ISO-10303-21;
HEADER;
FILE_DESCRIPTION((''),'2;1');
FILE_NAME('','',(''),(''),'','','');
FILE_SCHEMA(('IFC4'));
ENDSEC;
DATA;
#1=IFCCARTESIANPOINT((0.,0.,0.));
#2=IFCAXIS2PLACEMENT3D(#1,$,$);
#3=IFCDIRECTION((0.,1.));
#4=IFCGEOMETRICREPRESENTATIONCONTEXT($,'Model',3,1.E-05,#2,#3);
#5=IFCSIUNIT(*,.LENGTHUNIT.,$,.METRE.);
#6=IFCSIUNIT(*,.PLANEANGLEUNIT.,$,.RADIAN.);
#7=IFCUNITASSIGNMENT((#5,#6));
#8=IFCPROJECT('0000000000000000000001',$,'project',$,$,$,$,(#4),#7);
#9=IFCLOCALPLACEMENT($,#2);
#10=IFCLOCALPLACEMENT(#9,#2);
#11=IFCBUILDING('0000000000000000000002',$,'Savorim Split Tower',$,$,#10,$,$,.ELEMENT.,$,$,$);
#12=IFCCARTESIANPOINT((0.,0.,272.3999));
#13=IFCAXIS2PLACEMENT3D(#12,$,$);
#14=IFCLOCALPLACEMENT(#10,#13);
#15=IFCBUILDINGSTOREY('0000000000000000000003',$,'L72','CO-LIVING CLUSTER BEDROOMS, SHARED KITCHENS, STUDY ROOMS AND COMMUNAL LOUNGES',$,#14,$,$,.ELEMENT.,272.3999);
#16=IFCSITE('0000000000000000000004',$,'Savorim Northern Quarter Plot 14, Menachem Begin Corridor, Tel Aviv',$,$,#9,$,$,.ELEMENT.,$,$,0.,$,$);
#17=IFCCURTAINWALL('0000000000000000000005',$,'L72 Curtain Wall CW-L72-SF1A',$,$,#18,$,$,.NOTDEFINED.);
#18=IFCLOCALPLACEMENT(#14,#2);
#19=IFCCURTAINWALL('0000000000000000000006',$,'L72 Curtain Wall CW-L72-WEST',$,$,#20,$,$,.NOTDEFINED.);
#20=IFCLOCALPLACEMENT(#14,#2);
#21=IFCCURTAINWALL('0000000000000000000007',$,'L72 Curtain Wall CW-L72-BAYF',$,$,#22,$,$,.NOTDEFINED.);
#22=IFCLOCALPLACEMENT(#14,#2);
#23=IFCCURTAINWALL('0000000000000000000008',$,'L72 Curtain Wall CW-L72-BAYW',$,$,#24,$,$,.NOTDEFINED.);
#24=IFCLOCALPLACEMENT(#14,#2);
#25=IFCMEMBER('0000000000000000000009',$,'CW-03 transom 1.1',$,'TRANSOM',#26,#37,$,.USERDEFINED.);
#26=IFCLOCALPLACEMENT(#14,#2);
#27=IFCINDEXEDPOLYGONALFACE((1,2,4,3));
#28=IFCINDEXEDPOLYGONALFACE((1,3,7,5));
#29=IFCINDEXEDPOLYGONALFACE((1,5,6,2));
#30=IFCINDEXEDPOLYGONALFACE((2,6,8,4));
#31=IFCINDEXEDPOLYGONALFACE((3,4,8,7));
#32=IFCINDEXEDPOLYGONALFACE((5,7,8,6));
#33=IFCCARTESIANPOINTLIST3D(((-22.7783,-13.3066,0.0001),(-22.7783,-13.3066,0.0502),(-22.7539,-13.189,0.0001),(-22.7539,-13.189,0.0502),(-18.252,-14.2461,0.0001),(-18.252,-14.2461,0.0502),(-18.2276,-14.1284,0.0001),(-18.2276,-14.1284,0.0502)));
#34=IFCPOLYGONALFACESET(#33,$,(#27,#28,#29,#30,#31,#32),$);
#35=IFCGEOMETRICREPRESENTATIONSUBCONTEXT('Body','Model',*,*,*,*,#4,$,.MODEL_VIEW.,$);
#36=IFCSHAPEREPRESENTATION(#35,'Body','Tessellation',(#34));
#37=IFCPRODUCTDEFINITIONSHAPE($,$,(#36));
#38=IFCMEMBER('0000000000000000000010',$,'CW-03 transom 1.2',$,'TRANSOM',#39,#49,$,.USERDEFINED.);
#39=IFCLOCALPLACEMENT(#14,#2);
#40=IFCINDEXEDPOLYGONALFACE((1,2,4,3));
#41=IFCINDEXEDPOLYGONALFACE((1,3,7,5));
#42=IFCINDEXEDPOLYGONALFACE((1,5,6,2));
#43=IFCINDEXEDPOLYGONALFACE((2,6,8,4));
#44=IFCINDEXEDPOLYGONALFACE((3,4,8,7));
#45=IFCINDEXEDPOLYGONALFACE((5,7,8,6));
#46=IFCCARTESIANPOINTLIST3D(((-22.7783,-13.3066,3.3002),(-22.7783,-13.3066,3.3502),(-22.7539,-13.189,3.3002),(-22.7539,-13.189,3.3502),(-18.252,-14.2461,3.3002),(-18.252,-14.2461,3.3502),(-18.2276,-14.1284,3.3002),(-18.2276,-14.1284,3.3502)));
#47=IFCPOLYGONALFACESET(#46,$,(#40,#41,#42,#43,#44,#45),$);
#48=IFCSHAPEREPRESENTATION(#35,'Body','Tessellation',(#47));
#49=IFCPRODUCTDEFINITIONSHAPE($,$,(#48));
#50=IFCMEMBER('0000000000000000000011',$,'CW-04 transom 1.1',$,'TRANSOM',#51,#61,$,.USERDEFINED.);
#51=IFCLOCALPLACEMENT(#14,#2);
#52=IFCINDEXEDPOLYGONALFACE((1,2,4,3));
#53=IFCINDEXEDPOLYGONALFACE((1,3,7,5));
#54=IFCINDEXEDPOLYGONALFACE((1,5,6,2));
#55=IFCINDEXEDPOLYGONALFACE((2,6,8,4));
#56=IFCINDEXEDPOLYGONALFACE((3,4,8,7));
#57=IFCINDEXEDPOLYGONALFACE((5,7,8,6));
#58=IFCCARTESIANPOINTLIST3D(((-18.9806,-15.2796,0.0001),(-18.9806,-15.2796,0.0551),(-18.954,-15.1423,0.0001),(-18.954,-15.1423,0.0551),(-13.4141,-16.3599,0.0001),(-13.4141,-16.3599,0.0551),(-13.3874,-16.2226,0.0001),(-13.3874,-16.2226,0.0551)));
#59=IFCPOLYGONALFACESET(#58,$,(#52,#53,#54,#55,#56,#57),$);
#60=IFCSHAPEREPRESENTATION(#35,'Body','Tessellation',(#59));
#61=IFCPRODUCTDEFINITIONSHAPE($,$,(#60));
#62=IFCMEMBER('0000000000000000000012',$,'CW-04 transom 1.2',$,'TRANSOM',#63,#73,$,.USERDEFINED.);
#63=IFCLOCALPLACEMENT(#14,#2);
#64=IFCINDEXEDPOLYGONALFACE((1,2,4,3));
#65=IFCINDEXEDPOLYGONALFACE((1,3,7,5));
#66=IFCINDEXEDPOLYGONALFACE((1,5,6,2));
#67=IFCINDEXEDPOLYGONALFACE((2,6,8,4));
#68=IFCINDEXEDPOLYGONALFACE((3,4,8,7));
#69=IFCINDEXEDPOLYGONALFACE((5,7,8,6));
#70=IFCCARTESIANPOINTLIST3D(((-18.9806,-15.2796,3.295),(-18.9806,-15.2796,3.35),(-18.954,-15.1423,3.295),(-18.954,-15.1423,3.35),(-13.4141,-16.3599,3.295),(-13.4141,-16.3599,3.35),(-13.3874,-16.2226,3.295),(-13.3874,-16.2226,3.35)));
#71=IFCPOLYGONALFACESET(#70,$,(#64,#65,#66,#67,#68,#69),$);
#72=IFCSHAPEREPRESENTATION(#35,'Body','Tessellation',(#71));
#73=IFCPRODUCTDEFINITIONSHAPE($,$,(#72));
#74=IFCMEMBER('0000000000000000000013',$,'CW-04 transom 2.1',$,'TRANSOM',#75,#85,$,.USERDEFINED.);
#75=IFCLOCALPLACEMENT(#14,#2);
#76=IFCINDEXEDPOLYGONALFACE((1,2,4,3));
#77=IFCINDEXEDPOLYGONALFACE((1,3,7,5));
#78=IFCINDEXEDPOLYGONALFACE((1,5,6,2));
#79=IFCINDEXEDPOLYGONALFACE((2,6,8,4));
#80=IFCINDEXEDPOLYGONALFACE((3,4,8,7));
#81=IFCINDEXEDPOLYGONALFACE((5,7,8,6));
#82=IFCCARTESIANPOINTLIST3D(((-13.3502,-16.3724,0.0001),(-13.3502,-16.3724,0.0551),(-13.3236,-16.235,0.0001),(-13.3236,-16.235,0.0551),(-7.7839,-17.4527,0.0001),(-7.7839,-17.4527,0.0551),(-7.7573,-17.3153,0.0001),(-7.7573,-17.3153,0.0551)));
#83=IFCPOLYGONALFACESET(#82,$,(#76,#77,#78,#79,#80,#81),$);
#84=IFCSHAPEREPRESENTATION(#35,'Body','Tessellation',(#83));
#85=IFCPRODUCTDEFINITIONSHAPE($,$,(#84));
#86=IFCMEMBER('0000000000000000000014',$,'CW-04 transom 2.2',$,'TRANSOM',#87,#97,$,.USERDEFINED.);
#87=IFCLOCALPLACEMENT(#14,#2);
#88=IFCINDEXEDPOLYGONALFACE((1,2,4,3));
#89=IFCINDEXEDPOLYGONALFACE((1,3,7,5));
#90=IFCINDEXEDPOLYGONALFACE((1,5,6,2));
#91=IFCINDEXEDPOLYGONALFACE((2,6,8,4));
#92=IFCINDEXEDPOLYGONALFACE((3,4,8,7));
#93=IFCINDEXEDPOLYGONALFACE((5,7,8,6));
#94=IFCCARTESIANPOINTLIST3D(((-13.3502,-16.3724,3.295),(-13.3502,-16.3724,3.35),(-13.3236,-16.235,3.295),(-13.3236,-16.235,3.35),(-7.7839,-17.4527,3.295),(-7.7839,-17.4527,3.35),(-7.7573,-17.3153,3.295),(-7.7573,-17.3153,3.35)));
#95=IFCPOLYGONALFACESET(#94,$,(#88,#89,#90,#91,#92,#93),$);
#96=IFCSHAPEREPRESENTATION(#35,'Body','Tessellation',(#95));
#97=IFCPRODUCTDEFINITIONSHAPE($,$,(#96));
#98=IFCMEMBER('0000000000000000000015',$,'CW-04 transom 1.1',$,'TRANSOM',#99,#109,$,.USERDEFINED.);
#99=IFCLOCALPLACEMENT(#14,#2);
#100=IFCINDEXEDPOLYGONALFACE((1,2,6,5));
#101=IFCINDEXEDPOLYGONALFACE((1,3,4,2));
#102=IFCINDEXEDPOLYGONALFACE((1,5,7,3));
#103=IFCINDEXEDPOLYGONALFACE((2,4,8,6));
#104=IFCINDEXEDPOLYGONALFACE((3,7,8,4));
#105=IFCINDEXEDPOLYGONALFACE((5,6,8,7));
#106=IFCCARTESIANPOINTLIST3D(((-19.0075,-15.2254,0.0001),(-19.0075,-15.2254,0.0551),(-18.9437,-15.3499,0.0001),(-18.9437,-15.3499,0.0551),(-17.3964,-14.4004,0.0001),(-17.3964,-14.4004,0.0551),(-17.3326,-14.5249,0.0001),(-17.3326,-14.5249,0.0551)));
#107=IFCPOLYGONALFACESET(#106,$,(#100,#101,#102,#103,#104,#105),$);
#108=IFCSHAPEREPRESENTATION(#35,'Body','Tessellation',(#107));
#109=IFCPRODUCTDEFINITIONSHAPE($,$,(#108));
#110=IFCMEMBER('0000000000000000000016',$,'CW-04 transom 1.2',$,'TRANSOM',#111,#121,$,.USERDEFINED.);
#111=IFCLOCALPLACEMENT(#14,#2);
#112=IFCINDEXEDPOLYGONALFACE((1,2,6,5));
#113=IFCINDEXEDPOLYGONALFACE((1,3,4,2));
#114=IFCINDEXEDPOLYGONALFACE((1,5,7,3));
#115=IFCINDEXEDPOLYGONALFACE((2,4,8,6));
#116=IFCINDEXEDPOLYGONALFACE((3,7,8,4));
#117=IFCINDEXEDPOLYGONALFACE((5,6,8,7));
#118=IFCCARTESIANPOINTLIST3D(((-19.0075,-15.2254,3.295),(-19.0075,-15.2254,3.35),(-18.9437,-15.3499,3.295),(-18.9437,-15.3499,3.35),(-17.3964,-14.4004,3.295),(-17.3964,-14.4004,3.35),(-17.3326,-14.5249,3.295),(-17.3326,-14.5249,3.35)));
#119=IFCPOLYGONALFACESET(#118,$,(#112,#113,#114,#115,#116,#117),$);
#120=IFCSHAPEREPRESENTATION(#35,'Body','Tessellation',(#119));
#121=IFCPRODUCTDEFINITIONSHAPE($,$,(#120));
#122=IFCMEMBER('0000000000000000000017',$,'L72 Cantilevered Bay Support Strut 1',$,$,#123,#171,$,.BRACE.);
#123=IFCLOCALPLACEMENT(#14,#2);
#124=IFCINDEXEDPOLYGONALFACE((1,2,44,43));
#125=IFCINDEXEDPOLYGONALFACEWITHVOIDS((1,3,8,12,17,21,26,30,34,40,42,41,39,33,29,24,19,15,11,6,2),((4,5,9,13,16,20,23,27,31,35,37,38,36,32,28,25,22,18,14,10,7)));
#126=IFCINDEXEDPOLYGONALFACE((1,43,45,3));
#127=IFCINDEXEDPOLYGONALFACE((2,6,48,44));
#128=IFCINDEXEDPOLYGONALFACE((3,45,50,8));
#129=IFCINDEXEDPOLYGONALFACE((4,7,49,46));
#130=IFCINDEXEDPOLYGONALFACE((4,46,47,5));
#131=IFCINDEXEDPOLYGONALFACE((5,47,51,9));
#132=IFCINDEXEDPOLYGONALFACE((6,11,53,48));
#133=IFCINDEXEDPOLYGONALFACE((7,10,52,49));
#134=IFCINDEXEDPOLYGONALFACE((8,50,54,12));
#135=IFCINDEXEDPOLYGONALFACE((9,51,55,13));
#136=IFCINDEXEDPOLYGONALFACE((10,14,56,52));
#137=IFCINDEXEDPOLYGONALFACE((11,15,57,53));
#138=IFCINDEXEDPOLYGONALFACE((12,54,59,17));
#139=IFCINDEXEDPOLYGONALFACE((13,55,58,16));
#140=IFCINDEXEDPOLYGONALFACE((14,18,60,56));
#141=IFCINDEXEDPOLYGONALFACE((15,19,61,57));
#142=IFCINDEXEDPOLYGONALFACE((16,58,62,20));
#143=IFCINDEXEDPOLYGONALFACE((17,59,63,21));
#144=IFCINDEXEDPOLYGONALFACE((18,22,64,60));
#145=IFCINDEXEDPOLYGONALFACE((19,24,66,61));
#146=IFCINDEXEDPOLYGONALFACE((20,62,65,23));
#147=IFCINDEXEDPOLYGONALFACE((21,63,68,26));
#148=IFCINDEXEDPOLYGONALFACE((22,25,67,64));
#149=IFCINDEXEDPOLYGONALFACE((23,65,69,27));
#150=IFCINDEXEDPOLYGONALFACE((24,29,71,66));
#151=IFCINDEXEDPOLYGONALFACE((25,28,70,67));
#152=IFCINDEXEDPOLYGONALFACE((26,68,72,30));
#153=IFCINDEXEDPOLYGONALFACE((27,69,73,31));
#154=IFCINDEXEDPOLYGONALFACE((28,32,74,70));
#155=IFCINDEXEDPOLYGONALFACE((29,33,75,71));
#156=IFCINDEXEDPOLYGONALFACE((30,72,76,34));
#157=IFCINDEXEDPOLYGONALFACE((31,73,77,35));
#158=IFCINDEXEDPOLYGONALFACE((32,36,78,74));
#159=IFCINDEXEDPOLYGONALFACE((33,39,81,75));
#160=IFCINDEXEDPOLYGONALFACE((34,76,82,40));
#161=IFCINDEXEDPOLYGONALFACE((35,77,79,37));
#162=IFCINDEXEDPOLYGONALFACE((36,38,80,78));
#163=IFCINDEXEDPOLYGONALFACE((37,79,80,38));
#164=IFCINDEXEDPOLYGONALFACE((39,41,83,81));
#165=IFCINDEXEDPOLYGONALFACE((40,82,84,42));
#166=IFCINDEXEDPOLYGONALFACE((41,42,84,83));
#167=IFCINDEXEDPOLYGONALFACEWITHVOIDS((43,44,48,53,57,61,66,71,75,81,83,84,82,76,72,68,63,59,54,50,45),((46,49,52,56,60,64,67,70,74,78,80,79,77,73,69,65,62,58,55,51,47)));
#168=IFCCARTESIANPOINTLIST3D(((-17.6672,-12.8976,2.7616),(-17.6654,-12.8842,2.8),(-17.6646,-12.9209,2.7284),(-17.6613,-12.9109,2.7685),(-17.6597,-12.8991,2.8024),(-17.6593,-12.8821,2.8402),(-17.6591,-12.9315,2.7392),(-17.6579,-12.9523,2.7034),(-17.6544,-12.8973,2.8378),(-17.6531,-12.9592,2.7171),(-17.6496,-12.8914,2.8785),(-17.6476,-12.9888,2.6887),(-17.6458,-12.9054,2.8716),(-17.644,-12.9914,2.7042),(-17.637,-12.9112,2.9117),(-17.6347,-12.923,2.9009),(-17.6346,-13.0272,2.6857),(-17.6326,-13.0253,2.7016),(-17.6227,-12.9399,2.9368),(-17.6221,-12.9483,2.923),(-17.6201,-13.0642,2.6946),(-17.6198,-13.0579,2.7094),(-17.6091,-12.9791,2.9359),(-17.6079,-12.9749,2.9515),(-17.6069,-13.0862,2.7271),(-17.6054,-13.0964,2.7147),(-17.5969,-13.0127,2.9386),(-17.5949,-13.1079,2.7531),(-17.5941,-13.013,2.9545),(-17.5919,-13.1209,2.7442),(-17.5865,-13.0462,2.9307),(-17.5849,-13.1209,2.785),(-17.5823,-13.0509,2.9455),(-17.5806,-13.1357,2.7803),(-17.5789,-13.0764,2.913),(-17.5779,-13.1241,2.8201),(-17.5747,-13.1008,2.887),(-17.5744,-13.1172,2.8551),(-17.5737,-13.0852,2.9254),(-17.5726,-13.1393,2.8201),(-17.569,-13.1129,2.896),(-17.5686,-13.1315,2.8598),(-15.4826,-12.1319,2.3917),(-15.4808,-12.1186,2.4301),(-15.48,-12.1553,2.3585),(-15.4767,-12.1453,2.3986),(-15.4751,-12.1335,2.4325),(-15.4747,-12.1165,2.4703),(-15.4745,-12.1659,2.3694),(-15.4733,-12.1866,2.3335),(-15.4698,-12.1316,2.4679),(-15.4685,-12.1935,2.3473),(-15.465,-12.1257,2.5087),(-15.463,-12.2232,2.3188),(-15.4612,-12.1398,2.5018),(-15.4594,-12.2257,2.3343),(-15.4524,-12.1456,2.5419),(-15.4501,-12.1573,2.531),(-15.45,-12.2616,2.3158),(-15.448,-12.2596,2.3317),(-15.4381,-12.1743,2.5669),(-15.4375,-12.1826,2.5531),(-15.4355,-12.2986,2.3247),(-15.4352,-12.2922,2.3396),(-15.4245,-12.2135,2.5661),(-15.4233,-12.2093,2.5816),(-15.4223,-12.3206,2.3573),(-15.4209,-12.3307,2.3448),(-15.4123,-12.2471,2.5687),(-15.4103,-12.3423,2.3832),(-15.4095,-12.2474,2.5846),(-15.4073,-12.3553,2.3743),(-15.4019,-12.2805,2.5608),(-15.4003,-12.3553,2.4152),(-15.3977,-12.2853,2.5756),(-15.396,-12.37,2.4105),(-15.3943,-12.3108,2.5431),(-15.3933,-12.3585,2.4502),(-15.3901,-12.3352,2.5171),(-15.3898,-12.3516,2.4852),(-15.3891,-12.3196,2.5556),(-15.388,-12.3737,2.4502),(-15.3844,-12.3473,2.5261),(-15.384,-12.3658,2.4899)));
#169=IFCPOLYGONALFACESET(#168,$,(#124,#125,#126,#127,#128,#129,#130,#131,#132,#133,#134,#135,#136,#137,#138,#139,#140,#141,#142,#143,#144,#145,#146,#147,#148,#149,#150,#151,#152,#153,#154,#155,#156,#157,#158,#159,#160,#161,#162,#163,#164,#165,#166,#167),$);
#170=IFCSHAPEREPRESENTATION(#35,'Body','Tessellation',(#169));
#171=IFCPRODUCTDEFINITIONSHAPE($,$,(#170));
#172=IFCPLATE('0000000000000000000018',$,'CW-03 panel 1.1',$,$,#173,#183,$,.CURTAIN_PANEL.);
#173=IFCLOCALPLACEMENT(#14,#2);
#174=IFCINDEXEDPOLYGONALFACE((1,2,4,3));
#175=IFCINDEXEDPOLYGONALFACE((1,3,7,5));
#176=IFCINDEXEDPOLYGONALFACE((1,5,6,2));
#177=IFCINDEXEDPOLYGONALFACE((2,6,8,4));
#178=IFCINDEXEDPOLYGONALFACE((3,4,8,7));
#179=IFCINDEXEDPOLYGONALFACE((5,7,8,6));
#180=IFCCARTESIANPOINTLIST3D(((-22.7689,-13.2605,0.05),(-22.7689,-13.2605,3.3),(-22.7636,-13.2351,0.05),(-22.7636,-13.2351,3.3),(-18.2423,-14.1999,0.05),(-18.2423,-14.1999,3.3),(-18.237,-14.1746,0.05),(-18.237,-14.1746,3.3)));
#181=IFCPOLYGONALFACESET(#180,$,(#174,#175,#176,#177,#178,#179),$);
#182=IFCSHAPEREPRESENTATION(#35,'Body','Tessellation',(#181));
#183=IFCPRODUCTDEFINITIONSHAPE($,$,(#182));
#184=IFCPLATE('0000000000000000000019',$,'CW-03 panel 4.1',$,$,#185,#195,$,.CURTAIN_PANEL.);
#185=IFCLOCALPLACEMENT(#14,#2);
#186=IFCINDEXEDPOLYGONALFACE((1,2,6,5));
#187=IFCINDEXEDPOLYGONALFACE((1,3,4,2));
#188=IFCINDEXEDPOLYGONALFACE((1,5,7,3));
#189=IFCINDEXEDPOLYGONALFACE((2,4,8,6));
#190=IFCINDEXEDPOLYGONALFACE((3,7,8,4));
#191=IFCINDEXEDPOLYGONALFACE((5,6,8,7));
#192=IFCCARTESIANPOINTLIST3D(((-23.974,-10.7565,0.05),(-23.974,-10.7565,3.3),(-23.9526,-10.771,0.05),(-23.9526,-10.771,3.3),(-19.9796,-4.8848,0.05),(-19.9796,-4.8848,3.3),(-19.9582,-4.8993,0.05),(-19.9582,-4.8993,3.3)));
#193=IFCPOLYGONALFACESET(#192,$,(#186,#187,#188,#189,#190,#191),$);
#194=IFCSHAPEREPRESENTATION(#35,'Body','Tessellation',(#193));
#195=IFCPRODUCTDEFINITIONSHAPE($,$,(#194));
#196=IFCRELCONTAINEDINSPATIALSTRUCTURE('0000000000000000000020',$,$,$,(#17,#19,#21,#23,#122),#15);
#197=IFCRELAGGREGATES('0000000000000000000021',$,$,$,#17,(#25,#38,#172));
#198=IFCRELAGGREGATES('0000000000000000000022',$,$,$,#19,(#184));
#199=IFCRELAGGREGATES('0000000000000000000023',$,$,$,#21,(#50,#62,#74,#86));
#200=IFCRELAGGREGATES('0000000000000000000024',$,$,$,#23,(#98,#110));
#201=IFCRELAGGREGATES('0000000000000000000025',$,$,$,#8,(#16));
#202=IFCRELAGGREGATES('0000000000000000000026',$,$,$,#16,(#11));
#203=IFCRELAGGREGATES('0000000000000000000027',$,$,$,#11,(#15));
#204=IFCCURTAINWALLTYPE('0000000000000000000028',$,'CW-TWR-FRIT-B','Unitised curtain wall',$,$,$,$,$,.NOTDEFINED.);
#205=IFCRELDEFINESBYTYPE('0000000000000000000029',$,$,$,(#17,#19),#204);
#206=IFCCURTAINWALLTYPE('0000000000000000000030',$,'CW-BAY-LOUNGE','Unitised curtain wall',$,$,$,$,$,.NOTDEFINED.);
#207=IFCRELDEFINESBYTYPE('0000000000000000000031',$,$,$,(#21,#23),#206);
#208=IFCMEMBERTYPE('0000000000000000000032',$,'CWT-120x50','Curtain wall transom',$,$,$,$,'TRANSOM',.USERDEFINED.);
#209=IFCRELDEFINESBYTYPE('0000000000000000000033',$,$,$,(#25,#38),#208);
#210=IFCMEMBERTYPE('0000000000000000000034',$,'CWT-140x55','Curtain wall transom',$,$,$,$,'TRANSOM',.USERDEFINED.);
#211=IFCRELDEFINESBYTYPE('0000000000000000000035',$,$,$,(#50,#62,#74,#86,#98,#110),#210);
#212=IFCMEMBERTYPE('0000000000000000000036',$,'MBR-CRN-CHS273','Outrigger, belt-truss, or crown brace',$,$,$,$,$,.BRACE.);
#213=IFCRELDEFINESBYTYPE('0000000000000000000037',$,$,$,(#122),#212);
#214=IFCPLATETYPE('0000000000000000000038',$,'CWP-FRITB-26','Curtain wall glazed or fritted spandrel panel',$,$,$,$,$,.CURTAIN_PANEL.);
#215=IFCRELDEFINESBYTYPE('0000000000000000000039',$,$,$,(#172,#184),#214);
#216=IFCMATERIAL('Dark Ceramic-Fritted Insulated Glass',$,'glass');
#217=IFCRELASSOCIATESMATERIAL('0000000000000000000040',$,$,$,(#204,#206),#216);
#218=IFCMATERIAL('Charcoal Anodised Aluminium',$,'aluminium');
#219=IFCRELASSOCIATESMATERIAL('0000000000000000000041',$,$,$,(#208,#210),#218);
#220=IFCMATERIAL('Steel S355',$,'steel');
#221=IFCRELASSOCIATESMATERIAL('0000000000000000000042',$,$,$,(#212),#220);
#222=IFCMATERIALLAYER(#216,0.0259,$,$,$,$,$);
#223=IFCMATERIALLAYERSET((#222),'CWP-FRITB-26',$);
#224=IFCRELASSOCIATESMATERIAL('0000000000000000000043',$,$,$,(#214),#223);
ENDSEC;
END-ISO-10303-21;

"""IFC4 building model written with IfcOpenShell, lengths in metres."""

from ifc_helpers import new_model, si_unit, direction, frame, origin, origin_2d, place, context, subcontext, project, spatial, rectangle, hollow_circle, extrude, material, layer, layer_set, material_profile, profile_set, type_object, element, aggregate, save


model = new_model("IFC4")

# Units and contexts
model_context = context("Model", 3, precision=1e-05, world=origin(), true_north=direction((0.0, 1.0)))
body_context = subcontext(model_context, "Body", "Model", "MODEL_VIEW")
ifc_project = project(units=[si_unit("LENGTHUNIT", "METRE"), si_unit("PLANEANGLEUNIT", "RADIAN")], contexts=[model_context])

# Site, building, storey
site_placement = place(None, origin())
site = spatial("IfcSite", under=ifc_project, at=site_placement, Name="Savorim Northern Quarter Plot 14, Menachem Begin Corridor, Tel Aviv", CompositionType="ELEMENT", RefElevation=0.0)
building_placement = place(site_placement, origin())
building = spatial("IfcBuilding", under=site, at=building_placement, Name="Savorim Split Tower", CompositionType="ELEMENT")
storey_placement = place(building_placement, frame((0.0, 0.0, 272.3999)))
storey = spatial("IfcBuildingStorey", under=building, at=storey_placement, Name="L72", Description="CO-LIVING CLUSTER BEDROOMS, SHARED KITCHENS, STUDY ROOMS AND COMMUNAL LOUNGES", CompositionType="ELEMENT", Elevation=272.3999)

# Shared definitions
ifc_material_1 = material(Name="Steel S355", Category="steel")

# Curtain wall
ifc_material_2 = material(Name="Dark Ceramic-Fritted Insulated Glass", Category="glass")
curtain_wall_type_1 = type_object("IfcCurtainWallType", Name="CW-TWR-FRIT-B", Description="Unitised curtain wall", PredefinedType="NOTDEFINED", material=ifc_material_2)
curtain_wall_1_placement = place(storey_placement, origin())
curtain_wall_1 = element("IfcCurtainWall", 1, at=curtain_wall_1_placement, inside=storey, type_object=curtain_wall_type_1, Name="L72 Curtain Wall CW-L72-SF1A", PredefinedType="NOTDEFINED")
ifc_material_3 = material(Name="Charcoal Anodised Aluminium", Category="aluminium")

# Curtain wall
curtain_wall_2_placement = place(storey_placement, origin())
curtain_wall_2 = element("IfcCurtainWall", 2, at=curtain_wall_2_placement, inside=storey, type_object=curtain_wall_type_1, Name="L72 Curtain Wall CW-L72-WEST", PredefinedType="NOTDEFINED")

# Curtain walls
curtain_wall_type_2 = type_object("IfcCurtainWallType", Name="CW-BAY-LOUNGE", Description="Unitised curtain wall", PredefinedType="NOTDEFINED", material=ifc_material_2)
curtain_wall_3_placement = place(storey_placement, origin())
curtain_wall_3 = element("IfcCurtainWall", 3, at=curtain_wall_3_placement, inside=storey, type_object=curtain_wall_type_2, Name="L72 Curtain Wall CW-L72-BAYF", PredefinedType="NOTDEFINED")
curtain_wall_4_placement = place(storey_placement, origin())
curtain_wall_4 = element("IfcCurtainWall", 4, at=curtain_wall_4_placement, inside=storey, type_object=curtain_wall_type_2, Name="L72 Curtain Wall CW-L72-BAYW", PredefinedType="NOTDEFINED")

# Members
ifc_material_profile_1 = material_profile(ifc_material_3, rectangle(XDim=0.1201, YDim=0.05, at=origin_2d()), Name="ALU-T 120x50")
ifc_profile_set_1 = profile_set([ifc_material_profile_1], Name="Charcoal Anodised Aluminium")
member_type_1 = type_object("IfcMemberType", Name="CWT-120x50", Description="Curtain wall transom", ElementType="TRANSOM", PredefinedType="USERDEFINED", material=ifc_profile_set_1)
member_1_placement = place(storey_placement, frame((-22.7661, -13.2478, 0.0251), z_axis=(0.979133, -0.20322, 0.0), x_axis=(0.20322, 0.979133, 0.0)))
member_1 = element("IfcMember", 5, at=member_1_placement, type_object=member_type_1, Name="CW-03 transom 1.1", ObjectType="TRANSOM", PredefinedType="USERDEFINED", context=body_context, shape_type="SweptSolid", body=[
    extrude(rectangle(XDim=0.1201, YDim=0.05, at=origin_2d()), origin(), (0.0, 0.0, 1.0), 4.6228),
])
member_2_placement = place(storey_placement, frame((-22.7661, -13.2478, 3.3252), z_axis=(0.979133, -0.20322, 0.0), x_axis=(0.20322, 0.979133, 0.0)))
member_2 = element("IfcMember", 6, at=member_2_placement, type_object=member_type_1, Name="CW-03 transom 1.2", ObjectType="TRANSOM", PredefinedType="USERDEFINED", context=body_context, shape_type="SweptSolid", body=[
    extrude(rectangle(XDim=0.1201, YDim=0.05, at=origin_2d()), origin(), (0.0, 0.0, 1.0), 4.6228),
])
ifc_material_profile_2 = material_profile(ifc_material_3, rectangle(XDim=0.1399, YDim=0.0549, at=origin_2d()), Name="ALU-T 140x55")
ifc_profile_set_2 = profile_set([ifc_material_profile_2], Name="Charcoal Anodised Aluminium")
member_type_2 = type_object("IfcMemberType", Name="CWT-140x55", Description="Curtain wall transom", ElementType="TRANSOM", PredefinedType="USERDEFINED", material=ifc_profile_set_2)
member_3_placement = place(storey_placement, frame((-18.9673, -15.2109, 0.0276), z_axis=(0.981684, -0.190516, 0.0), x_axis=(0.190516, 0.981684, 0.0)))
member_3 = element("IfcMember", 7, at=member_3_placement, type_object=member_type_2, Name="CW-04 transom 1.1", ObjectType="TRANSOM", PredefinedType="USERDEFINED", context=body_context, shape_type="SweptSolid", body=[
    extrude(rectangle(XDim=0.1399, YDim=0.0549, at=origin_2d()), origin(), (0.0, 0.0, 1.0), 5.6704),
])
member_4_placement = place(storey_placement, frame((-18.9673, -15.2109, 3.3225), z_axis=(0.981684, -0.190516, 0.0), x_axis=(0.190516, 0.981684, 0.0)))
member_4 = element("IfcMember", 8, at=member_4_placement, type_object=member_type_2, Name="CW-04 transom 1.2", ObjectType="TRANSOM", PredefinedType="USERDEFINED", context=body_context, shape_type="SweptSolid", body=[
    extrude(rectangle(XDim=0.1399, YDim=0.0549, at=origin_2d()), origin(), (0.0, 0.0, 1.0), 5.6704),
])
member_5_placement = place(storey_placement, frame((-13.3369, -16.3037, 0.0276), z_axis=(0.981683, -0.190524, 0.0), x_axis=(0.190524, 0.981683, 0.0)))
member_5 = element("IfcMember", 9, at=member_5_placement, type_object=member_type_2, Name="CW-04 transom 2.1", ObjectType="TRANSOM", PredefinedType="USERDEFINED", context=body_context, shape_type="SweptSolid", body=[
    extrude(rectangle(XDim=0.1399, YDim=0.0549, at=origin_2d()), origin(), (0.0, 0.0, 1.0), 5.6702),
])
member_6_placement = place(storey_placement, frame((-13.3369, -16.3037, 3.3225), z_axis=(0.981683, -0.190524, 0.0), x_axis=(0.190524, 0.981683, 0.0)))
member_6 = element("IfcMember", 10, at=member_6_placement, type_object=member_type_2, Name="CW-04 transom 2.2", ObjectType="TRANSOM", PredefinedType="USERDEFINED", context=body_context, shape_type="SweptSolid", body=[
    extrude(rectangle(XDim=0.1399, YDim=0.0549, at=origin_2d()), origin(), (0.0, 0.0, 1.0), 5.6702),
])
member_7_placement = place(storey_placement, frame((-17.3645, -14.4626, 0.0276), z_axis=(-0.890097, -0.455772, 0.0), x_axis=(0.455772, -0.890097, 0.0)))
member_7 = element("IfcMember", 11, at=member_7_placement, type_object=member_type_2, Name="CW-04 transom 1.1", ObjectType="TRANSOM", PredefinedType="USERDEFINED", context=body_context, shape_type="SweptSolid", body=[
    extrude(rectangle(XDim=0.1399, YDim=0.0549, at=origin_2d()), origin(), (0.0, 0.0, 1.0), 1.8101),
])
member_8_placement = place(storey_placement, frame((-17.3645, -14.4626, 3.3225), z_axis=(-0.890097, -0.455772, 0.0), x_axis=(0.455772, -0.890097, 0.0)))
member_8 = element("IfcMember", 12, at=member_8_placement, type_object=member_type_2, Name="CW-04 transom 1.2", ObjectType="TRANSOM", PredefinedType="USERDEFINED", context=body_context, shape_type="SweptSolid", body=[
    extrude(rectangle(XDim=0.1399, YDim=0.0549, at=origin_2d()), origin(), (0.0, 0.0, 1.0), 1.8101),
])
ifc_material_profile_3 = material_profile(ifc_material_1, hollow_circle(Radius=0.1365, WallThickness=0.0161, at=origin_2d()), Name="CHS 273x16")
ifc_profile_set_3 = profile_set([ifc_material_profile_3], Name="Steel S355")
member_type_3 = type_object("IfcMemberType", Name="MBR-CRN-CHS273", Description="Outrigger, belt-truss, or crown brace", PredefinedType="BRACE", material=ifc_profile_set_3)
member_9_placement = place(storey_placement, frame((-15.4331, -12.2449, 2.4502), z_axis=(-0.931899, -0.326602, 0.157781), x_axis=(0.330745, -0.94372, 0.0)))
element("IfcMember", 13, at=member_9_placement, inside=storey, type_object=member_type_3, Name="L72 Cantilevered Bay Support Strut 1", PredefinedType="BRACE", context=body_context, shape_type="SweptSolid", body=[
    extrude(hollow_circle(Radius=0.1365, WallThickness=0.0161, at=origin_2d()), origin(), (0.0, 0.0, 1.0), 2.3442),
])

# Plates
ifc_layer_1 = layer(ifc_material_2, 0.0259)
ifc_layer_set_1 = layer_set([ifc_layer_1], Name="CWP-FRITB-26")
plate_type_1 = type_object("IfcPlateType", Name="CWP-FRITB-26", Description="Curtain wall glazed or fritted spandrel panel", PredefinedType="CURTAIN_PANEL", material=ifc_layer_set_1)
plate_1_placement = place(storey_placement, frame((-20.5029, -13.7175, 0.05), z_axis=(0.0, 0.0, 1.0), x_axis=(0.979136, -0.203207, 0.0)))
plate_1 = element("IfcPlate", 14, at=plate_1_placement, type_object=plate_type_1, Name="CW-03 panel 1.1", PredefinedType="CURTAIN_PANEL", context=body_context, shape_type="SweptSolid", body=[
    extrude(rectangle(XDim=4.623, YDim=0.0259, at=origin_2d()), origin(), (0.0, 0.0, 1.0), 3.25),
])
aggregate(curtain_wall_1, [member_1, member_2, plate_1])
plate_2_placement = place(storey_placement, frame((-21.9661, -7.8279, 0.05), z_axis=(0.0, 0.0, 1.0), x_axis=(-0.56247, -0.826817, 0.0)))
plate_2 = element("IfcPlate", 15, at=plate_2_placement, type_object=plate_type_1, Name="CW-03 panel 4.1", PredefinedType="CURTAIN_PANEL", context=body_context, shape_type="SweptSolid", body=[
    extrude(rectangle(XDim=7.1016, YDim=0.0259, at=origin_2d()), origin(), (0.0, 0.0, 1.0), 3.25),
])
aggregate(curtain_wall_2, [plate_2])
aggregate(curtain_wall_3, [member_3, member_4, member_5, member_6])
aggregate(curtain_wall_4, [member_7, member_8])

save(model, "model.ifc")
